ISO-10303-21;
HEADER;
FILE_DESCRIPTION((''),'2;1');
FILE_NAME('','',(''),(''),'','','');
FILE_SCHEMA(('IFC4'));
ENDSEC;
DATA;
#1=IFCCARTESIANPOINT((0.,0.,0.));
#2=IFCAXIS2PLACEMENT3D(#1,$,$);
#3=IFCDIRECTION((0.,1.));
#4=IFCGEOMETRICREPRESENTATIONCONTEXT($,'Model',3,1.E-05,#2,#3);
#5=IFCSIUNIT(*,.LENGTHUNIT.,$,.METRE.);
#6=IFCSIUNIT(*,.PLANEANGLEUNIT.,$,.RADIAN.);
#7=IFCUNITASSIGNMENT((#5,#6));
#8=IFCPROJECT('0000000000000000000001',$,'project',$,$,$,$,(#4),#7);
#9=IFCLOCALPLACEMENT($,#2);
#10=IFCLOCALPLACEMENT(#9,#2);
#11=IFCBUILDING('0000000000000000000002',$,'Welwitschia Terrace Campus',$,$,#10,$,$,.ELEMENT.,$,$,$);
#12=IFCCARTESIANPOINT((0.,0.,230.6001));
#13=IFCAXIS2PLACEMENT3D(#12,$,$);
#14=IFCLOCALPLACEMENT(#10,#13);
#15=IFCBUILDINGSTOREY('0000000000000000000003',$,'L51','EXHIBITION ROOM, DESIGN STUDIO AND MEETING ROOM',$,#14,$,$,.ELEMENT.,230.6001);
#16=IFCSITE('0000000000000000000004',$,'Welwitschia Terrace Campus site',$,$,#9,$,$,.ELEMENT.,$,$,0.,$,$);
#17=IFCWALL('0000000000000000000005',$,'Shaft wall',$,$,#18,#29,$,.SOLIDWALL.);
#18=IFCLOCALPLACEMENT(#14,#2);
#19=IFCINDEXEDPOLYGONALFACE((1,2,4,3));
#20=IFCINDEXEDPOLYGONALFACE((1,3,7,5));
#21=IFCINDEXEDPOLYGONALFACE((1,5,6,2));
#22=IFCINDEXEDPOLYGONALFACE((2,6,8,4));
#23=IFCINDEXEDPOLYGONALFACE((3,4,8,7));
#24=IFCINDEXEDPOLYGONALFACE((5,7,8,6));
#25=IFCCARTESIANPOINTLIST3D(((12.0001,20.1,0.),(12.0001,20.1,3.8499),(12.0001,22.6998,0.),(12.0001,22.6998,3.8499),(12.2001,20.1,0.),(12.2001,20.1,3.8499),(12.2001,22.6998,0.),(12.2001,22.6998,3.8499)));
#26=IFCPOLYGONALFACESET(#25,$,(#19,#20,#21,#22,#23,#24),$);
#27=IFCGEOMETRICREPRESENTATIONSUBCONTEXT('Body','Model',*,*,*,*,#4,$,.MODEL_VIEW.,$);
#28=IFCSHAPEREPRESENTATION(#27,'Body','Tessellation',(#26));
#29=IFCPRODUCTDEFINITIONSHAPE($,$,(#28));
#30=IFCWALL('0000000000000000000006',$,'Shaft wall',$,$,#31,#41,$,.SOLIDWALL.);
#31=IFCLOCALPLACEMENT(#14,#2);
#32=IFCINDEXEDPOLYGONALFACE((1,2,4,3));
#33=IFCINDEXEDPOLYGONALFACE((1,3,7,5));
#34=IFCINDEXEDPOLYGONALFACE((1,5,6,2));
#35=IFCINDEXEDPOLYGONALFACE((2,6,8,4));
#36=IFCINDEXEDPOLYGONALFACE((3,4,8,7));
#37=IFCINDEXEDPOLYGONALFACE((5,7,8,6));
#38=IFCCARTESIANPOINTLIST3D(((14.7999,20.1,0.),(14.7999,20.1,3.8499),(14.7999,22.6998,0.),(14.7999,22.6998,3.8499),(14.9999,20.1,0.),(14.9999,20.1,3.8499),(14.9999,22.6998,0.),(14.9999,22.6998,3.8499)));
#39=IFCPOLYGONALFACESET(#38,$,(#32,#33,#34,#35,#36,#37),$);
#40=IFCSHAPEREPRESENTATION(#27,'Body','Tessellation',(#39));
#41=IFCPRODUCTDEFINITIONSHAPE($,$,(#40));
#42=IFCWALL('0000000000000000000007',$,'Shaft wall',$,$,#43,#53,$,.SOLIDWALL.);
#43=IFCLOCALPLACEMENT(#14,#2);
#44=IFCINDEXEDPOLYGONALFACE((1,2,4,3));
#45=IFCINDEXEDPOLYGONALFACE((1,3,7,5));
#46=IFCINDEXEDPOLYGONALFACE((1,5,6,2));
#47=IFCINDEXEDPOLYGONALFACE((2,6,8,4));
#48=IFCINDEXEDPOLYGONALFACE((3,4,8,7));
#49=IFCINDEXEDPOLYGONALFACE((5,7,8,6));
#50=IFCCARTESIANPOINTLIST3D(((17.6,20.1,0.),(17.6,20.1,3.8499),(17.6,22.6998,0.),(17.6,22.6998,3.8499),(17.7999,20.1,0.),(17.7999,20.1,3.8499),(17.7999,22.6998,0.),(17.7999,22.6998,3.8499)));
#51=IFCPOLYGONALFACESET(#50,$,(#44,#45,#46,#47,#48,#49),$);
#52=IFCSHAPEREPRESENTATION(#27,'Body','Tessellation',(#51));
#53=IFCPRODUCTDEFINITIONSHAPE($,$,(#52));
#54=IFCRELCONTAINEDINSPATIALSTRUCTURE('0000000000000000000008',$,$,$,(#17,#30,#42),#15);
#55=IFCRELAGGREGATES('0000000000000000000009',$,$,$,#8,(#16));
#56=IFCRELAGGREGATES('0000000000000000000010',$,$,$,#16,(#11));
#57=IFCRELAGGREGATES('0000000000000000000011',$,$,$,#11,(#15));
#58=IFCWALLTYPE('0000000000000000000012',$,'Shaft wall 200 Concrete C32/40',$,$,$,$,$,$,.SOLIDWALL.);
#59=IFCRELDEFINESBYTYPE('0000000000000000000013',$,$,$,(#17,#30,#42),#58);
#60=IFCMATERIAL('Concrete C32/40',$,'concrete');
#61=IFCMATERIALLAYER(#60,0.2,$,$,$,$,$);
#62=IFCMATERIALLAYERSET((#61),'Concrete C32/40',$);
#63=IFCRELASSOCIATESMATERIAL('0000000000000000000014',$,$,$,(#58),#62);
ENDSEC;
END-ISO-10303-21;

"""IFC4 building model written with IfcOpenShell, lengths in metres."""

from ifc_helpers import new_model, si_unit, direction, frame, frame_2d, origin, place, context, subcontext, project, spatial, rectangle, extrude, material, layer, layer_set, type_object, element, save


model = new_model("IFC4")

# Units and contexts
model_context = context("Model", 3, precision=1e-05, world=origin(), true_north=direction((0.0, 1.0)))
body_context = subcontext(model_context, "Body", "Model", "MODEL_VIEW")
ifc_project = project(units=[si_unit("LENGTHUNIT", "METRE"), si_unit("PLANEANGLEUNIT", "RADIAN")], contexts=[model_context])

# Site, building, storey
site_placement = place(None, origin())
site = spatial("IfcSite", under=ifc_project, at=site_placement, Name="Welwitschia Terrace Campus site", CompositionType="ELEMENT", RefElevation=0.0)
building_placement = place(site_placement, origin())
building = spatial("IfcBuilding", under=site, at=building_placement, Name="Welwitschia Terrace Campus", CompositionType="ELEMENT")
storey_placement = place(building_placement, frame((0.0, 0.0, 230.6001)))
storey = spatial("IfcBuildingStorey", under=building, at=storey_placement, Name="L51", Description="EXHIBITION ROOM, DESIGN STUDIO AND MEETING ROOM", CompositionType="ELEMENT", Elevation=230.6001)

# Walls
ifc_material_1 = material(Name="Concrete C32/40", Category="concrete")
ifc_layer_1 = layer(ifc_material_1, 0.2)
ifc_layer_set_1 = layer_set([ifc_layer_1], Name="Concrete C32/40")
wall_type_1 = type_object("IfcWallType", Name="Shaft wall 200 Concrete C32/40", PredefinedType="SOLIDWALL", material=ifc_layer_set_1)
for number, where, z_axis, x_axis, name in (
    (1, (12.1001, 20.1001, 0.0), (0.0, 0.0, 1.0), (0.0, 1.0, 0.0), "Shaft wall"),
    (2, (14.8999, 20.1001, 0.0), (0.0, 0.0, 1.0), (0.0, 1.0, 0.0), "Shaft wall"),
    (3, (17.7, 20.1001, 0.0), (0.0, 0.0, 1.0), (0.0, 1.0, 0.0), "Shaft wall"),
):
    element("IfcWall", number, at=place(storey_placement, frame(where, z_axis=z_axis, x_axis=x_axis)), inside=storey, type_object=wall_type_1, Name=name, PredefinedType="SOLIDWALL", context=body_context, shape_type="SweptSolid", body=[
        extrude(rectangle(XDim=2.5999, YDim=0.2, at=frame_2d((1.2998, 0.0))), origin(), (0.0, 0.0, 1.0), 3.8499),
    ])

save(model, "model.ifc")
